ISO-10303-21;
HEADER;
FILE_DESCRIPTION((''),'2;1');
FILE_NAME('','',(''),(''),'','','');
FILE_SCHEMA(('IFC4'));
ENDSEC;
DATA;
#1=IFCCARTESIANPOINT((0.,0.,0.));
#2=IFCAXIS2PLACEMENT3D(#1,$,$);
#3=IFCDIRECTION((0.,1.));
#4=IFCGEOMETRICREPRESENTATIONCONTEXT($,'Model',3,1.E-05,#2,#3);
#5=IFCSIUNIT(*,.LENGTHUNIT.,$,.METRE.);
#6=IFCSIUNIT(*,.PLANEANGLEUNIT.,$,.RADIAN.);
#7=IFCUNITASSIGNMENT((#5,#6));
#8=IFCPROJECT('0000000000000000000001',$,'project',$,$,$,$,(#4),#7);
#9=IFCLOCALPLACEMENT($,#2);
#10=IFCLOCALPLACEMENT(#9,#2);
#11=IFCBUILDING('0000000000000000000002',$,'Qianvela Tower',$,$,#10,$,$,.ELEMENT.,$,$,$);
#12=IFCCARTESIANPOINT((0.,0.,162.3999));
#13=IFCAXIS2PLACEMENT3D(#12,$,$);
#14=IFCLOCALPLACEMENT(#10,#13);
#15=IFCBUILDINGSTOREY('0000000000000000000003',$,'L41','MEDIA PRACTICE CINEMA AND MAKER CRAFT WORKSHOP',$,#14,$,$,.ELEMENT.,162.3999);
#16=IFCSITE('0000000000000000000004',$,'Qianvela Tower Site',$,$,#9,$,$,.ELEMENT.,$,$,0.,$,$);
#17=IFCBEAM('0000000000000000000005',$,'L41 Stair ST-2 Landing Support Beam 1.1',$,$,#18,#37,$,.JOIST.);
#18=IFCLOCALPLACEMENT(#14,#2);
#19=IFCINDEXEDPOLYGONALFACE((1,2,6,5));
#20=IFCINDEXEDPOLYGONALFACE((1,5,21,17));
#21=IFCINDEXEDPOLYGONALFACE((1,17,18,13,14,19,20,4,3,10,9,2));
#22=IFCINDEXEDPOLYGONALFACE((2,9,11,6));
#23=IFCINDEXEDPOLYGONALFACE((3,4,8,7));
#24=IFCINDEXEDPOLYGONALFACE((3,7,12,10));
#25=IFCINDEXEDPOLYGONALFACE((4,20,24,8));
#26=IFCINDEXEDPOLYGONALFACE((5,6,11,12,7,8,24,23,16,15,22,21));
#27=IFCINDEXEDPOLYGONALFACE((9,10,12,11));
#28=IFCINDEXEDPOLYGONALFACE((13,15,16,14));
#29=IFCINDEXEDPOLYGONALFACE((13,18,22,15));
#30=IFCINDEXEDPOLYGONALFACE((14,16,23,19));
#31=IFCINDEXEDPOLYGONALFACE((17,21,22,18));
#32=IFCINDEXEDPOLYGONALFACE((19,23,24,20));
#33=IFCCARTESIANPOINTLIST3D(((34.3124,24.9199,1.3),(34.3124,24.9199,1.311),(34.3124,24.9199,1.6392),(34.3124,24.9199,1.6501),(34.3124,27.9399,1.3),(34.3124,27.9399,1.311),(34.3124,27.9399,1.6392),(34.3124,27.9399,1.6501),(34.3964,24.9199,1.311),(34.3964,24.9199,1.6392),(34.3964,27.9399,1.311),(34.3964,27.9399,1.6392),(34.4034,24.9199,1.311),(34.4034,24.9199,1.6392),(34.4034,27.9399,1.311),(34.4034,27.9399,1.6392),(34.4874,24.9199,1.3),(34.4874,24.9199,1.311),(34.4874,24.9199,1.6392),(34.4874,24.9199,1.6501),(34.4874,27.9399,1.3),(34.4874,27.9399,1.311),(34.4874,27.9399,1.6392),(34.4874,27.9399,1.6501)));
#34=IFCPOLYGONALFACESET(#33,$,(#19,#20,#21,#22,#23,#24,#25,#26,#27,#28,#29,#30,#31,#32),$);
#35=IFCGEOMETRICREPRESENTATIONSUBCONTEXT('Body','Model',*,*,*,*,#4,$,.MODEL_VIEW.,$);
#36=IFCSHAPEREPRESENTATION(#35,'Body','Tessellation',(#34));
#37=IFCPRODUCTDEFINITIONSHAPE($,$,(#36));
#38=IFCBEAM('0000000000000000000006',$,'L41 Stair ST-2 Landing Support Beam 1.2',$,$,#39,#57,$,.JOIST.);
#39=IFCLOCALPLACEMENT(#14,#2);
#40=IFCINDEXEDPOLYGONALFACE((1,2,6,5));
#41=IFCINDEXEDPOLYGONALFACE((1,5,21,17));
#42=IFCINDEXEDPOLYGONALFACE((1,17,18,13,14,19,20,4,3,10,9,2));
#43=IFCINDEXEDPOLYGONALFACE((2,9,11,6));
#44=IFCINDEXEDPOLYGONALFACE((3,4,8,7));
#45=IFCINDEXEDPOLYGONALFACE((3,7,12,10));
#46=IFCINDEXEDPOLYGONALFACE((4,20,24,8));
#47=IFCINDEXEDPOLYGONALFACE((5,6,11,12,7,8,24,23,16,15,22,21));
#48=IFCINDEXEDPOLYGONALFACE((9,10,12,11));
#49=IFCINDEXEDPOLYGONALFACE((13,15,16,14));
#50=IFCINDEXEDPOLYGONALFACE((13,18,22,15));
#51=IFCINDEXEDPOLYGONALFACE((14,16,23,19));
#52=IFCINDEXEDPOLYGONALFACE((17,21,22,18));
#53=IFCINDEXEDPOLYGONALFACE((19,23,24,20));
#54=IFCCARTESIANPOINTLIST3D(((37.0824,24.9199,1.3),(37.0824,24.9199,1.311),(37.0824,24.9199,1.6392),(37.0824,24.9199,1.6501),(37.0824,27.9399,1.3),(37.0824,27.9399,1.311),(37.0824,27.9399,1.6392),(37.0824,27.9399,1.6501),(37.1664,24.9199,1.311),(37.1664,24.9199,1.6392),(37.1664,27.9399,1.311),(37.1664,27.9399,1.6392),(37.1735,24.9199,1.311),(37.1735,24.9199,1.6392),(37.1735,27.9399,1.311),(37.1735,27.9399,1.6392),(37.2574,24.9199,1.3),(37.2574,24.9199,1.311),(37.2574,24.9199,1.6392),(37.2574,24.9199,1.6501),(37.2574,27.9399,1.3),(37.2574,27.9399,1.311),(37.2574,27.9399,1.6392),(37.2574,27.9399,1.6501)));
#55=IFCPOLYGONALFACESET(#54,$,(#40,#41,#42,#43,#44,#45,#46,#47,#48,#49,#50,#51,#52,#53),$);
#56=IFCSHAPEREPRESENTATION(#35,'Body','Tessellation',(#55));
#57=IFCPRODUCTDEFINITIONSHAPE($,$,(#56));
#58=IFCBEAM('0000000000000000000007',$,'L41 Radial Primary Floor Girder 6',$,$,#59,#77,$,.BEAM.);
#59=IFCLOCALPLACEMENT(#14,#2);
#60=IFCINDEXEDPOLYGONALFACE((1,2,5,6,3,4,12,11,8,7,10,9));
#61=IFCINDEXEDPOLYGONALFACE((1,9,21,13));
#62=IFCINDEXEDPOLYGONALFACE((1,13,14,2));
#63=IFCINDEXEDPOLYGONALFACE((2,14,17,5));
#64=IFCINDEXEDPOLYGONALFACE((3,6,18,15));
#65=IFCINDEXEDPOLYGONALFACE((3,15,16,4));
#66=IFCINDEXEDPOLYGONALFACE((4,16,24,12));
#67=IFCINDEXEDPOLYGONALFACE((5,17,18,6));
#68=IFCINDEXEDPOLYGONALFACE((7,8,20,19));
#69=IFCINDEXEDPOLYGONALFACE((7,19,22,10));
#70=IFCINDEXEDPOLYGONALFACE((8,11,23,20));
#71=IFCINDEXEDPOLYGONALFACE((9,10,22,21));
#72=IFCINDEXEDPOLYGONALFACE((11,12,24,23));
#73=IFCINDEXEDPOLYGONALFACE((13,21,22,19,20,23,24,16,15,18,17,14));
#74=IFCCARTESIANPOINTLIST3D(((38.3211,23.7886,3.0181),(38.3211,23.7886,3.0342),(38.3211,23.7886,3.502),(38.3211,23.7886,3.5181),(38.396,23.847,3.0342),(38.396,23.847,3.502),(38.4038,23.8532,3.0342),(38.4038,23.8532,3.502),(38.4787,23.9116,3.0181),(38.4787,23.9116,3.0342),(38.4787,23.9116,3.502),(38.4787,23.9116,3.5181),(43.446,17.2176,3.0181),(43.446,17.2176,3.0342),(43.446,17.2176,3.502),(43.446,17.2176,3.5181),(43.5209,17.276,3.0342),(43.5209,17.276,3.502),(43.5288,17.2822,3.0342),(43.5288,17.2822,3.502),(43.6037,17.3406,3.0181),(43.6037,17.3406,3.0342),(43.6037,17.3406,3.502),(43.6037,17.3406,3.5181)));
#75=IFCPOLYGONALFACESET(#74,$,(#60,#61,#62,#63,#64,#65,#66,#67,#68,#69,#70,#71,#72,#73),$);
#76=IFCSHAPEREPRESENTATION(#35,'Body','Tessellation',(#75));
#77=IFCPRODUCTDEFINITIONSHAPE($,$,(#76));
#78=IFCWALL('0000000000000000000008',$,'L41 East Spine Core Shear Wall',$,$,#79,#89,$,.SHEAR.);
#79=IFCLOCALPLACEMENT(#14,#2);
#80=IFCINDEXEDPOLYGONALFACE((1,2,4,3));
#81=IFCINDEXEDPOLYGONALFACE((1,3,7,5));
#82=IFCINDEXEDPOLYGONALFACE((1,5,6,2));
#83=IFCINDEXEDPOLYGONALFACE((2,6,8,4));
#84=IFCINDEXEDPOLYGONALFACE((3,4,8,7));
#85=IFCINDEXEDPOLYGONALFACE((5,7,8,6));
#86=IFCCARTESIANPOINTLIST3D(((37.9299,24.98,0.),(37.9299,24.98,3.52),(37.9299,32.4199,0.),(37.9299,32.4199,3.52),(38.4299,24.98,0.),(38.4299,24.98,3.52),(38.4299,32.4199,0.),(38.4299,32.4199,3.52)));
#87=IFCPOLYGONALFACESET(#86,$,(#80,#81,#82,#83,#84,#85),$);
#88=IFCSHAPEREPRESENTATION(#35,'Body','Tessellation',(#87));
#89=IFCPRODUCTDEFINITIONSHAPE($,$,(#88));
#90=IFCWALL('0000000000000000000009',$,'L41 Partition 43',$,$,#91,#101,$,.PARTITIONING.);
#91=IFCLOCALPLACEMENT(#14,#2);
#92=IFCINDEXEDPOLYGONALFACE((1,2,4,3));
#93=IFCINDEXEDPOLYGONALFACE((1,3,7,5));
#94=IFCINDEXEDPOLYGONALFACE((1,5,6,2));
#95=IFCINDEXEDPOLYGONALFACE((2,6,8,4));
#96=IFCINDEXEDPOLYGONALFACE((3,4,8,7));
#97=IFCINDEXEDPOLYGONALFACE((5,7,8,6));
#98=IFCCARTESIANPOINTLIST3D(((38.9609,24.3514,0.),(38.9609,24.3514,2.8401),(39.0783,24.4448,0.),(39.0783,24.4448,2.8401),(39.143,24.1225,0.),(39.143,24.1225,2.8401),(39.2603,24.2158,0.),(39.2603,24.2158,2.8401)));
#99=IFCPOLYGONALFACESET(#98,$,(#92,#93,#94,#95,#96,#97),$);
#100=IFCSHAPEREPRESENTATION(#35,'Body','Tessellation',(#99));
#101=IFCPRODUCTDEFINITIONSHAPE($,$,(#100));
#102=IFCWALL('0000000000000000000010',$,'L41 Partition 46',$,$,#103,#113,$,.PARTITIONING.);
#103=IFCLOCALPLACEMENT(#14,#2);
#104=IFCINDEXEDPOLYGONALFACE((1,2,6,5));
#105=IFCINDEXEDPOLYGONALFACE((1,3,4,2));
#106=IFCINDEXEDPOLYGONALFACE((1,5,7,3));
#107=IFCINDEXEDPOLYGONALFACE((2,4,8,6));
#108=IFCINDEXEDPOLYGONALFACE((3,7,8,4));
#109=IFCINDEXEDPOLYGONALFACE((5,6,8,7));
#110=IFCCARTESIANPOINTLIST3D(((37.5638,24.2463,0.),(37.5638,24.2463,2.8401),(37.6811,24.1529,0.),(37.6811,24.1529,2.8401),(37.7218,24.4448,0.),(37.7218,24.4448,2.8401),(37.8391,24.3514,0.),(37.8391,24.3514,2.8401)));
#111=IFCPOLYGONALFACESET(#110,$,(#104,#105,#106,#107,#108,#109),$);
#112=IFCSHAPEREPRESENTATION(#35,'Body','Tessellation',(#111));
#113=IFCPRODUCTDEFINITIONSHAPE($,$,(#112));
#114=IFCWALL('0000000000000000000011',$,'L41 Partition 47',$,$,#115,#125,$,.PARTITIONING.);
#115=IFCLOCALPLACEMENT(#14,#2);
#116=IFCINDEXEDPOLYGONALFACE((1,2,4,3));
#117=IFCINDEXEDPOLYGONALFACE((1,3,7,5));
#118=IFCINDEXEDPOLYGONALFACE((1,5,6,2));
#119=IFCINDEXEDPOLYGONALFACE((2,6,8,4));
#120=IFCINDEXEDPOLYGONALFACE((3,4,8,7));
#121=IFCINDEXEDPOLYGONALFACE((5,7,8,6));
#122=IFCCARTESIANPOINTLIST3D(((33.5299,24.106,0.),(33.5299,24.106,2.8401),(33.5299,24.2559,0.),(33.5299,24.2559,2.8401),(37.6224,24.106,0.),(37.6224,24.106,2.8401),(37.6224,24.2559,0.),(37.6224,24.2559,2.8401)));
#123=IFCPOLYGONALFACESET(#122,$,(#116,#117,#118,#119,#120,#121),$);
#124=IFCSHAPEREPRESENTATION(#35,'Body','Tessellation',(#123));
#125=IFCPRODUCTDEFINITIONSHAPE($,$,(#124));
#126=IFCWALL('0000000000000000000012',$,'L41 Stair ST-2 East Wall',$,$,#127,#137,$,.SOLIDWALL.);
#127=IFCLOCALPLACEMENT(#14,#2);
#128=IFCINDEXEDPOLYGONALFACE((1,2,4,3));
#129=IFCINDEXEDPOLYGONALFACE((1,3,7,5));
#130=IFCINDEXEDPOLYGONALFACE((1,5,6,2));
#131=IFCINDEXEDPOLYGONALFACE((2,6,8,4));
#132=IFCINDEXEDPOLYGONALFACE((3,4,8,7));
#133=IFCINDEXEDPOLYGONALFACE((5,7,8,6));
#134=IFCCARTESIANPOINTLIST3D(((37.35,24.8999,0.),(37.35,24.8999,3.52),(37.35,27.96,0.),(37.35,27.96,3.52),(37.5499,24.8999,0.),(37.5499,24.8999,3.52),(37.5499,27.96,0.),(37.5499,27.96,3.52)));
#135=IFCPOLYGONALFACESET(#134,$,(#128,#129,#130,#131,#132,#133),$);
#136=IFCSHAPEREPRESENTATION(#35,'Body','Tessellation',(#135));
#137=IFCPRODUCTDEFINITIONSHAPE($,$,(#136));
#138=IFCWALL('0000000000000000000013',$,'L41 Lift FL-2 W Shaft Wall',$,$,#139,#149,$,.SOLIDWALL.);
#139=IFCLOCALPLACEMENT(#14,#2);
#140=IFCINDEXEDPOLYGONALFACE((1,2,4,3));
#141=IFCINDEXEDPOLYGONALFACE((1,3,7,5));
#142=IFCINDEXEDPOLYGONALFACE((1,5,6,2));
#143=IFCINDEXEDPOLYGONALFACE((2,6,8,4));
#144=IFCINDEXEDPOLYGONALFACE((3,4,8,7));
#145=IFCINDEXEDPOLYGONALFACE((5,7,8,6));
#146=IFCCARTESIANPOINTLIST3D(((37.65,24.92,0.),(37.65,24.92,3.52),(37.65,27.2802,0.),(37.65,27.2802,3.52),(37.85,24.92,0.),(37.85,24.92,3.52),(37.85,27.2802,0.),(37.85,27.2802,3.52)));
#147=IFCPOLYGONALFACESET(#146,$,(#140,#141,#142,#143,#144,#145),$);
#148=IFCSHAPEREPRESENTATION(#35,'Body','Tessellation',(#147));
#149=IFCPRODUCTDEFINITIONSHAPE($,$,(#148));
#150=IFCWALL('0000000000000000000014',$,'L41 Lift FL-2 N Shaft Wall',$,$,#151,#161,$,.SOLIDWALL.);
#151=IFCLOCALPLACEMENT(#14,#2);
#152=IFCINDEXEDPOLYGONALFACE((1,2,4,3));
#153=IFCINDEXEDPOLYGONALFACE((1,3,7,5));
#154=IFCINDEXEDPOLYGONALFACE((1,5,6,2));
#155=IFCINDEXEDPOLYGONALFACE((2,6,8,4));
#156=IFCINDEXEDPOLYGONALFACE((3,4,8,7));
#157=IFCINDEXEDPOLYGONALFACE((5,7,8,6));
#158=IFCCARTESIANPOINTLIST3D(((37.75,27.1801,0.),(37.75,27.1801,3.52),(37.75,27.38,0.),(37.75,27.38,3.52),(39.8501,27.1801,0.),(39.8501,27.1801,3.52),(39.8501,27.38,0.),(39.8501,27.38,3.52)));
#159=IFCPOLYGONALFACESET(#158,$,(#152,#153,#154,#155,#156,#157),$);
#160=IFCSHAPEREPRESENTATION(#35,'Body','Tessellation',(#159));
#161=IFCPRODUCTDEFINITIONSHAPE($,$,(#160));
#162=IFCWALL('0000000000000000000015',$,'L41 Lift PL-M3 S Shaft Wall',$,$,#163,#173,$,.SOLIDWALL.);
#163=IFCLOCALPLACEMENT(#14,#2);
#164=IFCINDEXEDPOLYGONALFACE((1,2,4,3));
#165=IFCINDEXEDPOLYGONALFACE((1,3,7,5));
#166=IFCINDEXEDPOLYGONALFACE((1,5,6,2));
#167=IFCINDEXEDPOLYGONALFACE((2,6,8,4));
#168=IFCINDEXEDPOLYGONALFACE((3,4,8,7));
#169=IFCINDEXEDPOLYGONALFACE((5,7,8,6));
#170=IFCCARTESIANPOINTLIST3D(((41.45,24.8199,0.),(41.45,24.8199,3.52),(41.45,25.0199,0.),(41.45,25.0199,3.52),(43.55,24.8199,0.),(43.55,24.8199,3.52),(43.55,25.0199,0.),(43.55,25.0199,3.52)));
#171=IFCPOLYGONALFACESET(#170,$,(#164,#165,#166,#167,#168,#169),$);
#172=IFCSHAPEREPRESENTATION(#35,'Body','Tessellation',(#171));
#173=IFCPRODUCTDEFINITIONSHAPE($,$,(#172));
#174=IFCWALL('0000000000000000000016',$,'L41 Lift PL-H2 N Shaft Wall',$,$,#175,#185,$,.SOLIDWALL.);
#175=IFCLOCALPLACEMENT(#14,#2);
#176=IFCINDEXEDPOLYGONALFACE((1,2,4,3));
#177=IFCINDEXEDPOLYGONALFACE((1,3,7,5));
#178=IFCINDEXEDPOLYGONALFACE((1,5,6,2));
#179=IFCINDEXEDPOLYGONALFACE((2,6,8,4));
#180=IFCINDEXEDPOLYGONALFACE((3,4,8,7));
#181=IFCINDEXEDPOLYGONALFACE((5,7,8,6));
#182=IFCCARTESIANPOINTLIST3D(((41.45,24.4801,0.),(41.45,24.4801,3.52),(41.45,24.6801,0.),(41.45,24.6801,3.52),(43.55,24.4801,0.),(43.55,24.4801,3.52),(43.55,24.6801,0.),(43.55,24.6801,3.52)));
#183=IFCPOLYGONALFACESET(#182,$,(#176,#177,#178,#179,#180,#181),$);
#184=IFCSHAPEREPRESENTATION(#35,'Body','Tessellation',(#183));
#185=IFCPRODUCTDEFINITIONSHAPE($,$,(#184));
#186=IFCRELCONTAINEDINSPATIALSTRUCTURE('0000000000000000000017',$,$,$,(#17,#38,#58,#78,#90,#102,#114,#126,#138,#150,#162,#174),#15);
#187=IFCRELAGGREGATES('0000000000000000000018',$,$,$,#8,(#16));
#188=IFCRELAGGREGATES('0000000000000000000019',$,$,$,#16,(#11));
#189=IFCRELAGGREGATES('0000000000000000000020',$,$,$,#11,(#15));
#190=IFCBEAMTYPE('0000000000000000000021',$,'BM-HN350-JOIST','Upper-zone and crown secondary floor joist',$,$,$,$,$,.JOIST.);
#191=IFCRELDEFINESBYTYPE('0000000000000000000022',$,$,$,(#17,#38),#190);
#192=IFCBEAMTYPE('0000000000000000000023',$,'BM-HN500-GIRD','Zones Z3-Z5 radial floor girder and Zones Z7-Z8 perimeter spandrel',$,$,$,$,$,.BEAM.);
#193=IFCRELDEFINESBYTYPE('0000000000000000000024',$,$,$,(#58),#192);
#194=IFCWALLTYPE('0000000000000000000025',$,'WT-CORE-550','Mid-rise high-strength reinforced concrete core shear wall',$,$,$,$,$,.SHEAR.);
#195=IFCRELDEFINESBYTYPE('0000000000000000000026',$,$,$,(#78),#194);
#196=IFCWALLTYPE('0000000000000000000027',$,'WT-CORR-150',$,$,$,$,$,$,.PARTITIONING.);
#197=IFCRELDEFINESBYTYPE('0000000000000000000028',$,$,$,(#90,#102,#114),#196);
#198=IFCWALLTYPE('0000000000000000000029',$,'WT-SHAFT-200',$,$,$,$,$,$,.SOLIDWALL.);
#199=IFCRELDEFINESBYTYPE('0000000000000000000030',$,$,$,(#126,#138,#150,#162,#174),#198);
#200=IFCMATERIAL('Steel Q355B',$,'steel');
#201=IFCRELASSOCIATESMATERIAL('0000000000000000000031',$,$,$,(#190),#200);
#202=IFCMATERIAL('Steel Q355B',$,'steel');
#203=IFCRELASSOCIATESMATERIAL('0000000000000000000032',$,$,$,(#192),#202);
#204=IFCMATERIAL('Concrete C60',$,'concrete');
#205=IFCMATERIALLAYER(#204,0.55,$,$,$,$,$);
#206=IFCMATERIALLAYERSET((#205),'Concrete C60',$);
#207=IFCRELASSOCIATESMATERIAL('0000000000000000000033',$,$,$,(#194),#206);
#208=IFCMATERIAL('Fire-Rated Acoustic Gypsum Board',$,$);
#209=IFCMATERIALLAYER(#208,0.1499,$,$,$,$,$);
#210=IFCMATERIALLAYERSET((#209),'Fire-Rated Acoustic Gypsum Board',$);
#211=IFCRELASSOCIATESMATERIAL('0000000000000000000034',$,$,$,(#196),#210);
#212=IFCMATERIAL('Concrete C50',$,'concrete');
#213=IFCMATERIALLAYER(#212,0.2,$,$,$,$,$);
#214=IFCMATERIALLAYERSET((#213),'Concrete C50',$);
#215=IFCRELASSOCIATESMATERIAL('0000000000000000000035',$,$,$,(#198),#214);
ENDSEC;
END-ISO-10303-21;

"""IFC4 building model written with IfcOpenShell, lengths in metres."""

from ifc_helpers import new_model, si_unit, direction, frame, frame_2d, origin, origin_2d, place, context, subcontext, project, spatial, rectangle, i_section, extrude, material, layer, layer_set, material_profile, profile_set, type_object, element, save


model = new_model("IFC4")

# Units and contexts
model_context = context("Model", 3, precision=1e-05, world=origin(), true_north=direction((0.0, 1.0)))
body_context = subcontext(model_context, "Body", "Model", "MODEL_VIEW")
ifc_project = project(units=[si_unit("LENGTHUNIT", "METRE"), si_unit("PLANEANGLEUNIT", "RADIAN")], contexts=[model_context])

# Site, building, storey
site_placement = place(None, origin())
site = spatial("IfcSite", under=ifc_project, at=site_placement, Name="Qianvela Tower Site", CompositionType="ELEMENT", RefElevation=0.0)
building_placement = place(site_placement, origin())
building = spatial("IfcBuilding", under=site, at=building_placement, Name="Qianvela Tower", CompositionType="ELEMENT")
storey_placement = place(building_placement, frame((0.0, 0.0, 162.3999)))
storey = spatial("IfcBuildingStorey", under=building, at=storey_placement, Name="L41", Description="MEDIA PRACTICE CINEMA AND MAKER CRAFT WORKSHOP", CompositionType="ELEMENT", Elevation=162.3999)

# Beams
ifc_material_1 = material(Name="Steel Q355B", Category="steel")
ifc_material_profile_1 = material_profile(ifc_material_1, i_section(OverallWidth=0.175, OverallDepth=0.3501, WebThickness=0.0071, FlangeThickness=0.011, at=origin_2d()), Name="HN350x175x7x11")
ifc_profile_set_1 = profile_set([ifc_material_profile_1], Name="Steel Q355B")
beam_type_1 = type_object("IfcBeamType", Name="BM-HN350-JOIST", Description="Upper-zone and crown secondary floor joist", PredefinedType="JOIST", material=ifc_profile_set_1)
for number, where, z_axis, x_axis, name in (
    (1, (34.3999, 24.9199, 1.4751), (0.0, 1.0, 0.0), (-1.0, 0.0, 0.0), "L41 Stair ST-2 Landing Support Beam 1.1"),
    (2, (37.1699, 24.9199, 1.4751), (0.0, 1.0, 0.0), (-1.0, 0.0, 0.0), "L41 Stair ST-2 Landing Support Beam 1.2"),
):
    element("IfcBeam", number, at=place(storey_placement, frame(where, z_axis=z_axis, x_axis=x_axis)), inside=storey, type_object=beam_type_1, Name=name, PredefinedType="JOIST", context=body_context, shape_type="SweptSolid", body=[
        extrude(i_section(OverallWidth=0.175, OverallDepth=0.3501, WebThickness=0.0071, FlangeThickness=0.011, at=origin_2d()), origin(), (0.0, 0.0, 1.0), 3.02),
    ])
ifc_material_2 = material(Name="Steel Q355B", Category="steel")
ifc_material_profile_2 = material_profile(ifc_material_2, i_section(OverallWidth=0.2, OverallDepth=0.5, WebThickness=0.01, FlangeThickness=0.0161, at=origin_2d()), Name="HN500x200x10x16")
ifc_profile_set_2 = profile_set([ifc_material_profile_2], Name="Steel Q355B")
beam_type_2 = type_object("IfcBeamType", Name="BM-HN500-GIRD", Description="Zones Z3-Z5 radial floor girder and Zones Z7-Z8 perimeter spandrel", PredefinedType="BEAM", material=ifc_profile_set_2)
beam_placement = place(storey_placement, frame((38.3999, 23.8501, 3.2681), z_axis=(0.615001, -0.788526, 0.0), x_axis=(0.788526, 0.615001, 0.0)))
element("IfcBeam", 3, at=beam_placement, inside=storey, type_object=beam_type_2, Name="L41 Radial Primary Floor Girder 6", PredefinedType="BEAM", context=body_context, shape_type="SweptSolid", body=[
    extrude(i_section(OverallWidth=0.2, OverallDepth=0.5, WebThickness=0.01, FlangeThickness=0.0161, at=origin_2d()), origin(), (0.0, 0.0, 1.0), 8.3333),
])

# Walls
ifc_material_3 = material(Name="Concrete C60", Category="concrete")
ifc_layer_1 = layer(ifc_material_3, 0.55)
ifc_layer_set_1 = layer_set([ifc_layer_1], Name="Concrete C60")
wall_type_1 = type_object("IfcWallType", Name="WT-CORE-550", Description="Mid-rise high-strength reinforced concrete core shear wall", PredefinedType="SHEAR", material=ifc_layer_set_1)
wall_1_placement = place(storey_placement, frame((38.1799, 24.98, 0.0), z_axis=(0.0, 0.0, 1.0), x_axis=(0.0, 1.0, 0.0)))
element("IfcWall", 4, at=wall_1_placement, inside=storey, type_object=wall_type_1, Name="L41 East Spine Core Shear Wall", PredefinedType="SHEAR", context=body_context, shape_type="SweptSolid", body=[
    extrude(rectangle(XDim=7.4399, YDim=0.5, at=frame_2d((3.72, 0.0))), origin(), (0.0, 0.0, 1.0), 3.52),
])
ifc_material_4 = material(Name="Fire-Rated Acoustic Gypsum Board")
ifc_layer_2 = layer(ifc_material_4, 0.1499)
ifc_layer_set_2 = layer_set([ifc_layer_2], Name="Fire-Rated Acoustic Gypsum Board")
wall_type_2 = type_object("IfcWallType", Name="WT-CORR-150", PredefinedType="PARTITIONING", material=ifc_layer_set_2)
wall_2_placement = place(storey_placement, frame((39.2017, 24.1692, 0.0), z_axis=(0.0, 0.0, 1.0), x_axis=(-0.622454, 0.782656, 0.0)))
element("IfcWall", 5, at=wall_2_placement, inside=storey, type_object=wall_type_2, Name="L41 Partition 43", PredefinedType="PARTITIONING", context=body_context, shape_type="SweptSolid", body=[
    extrude(rectangle(XDim=0.2925, YDim=0.1499, at=frame_2d((0.1462, 0.0))), origin(), (0.0, 0.0, 1.0), 2.8401),
])
wall_3_placement = place(storey_placement, frame((37.7805, 24.3982, 0.0), z_axis=(0.0, 0.0, 1.0), x_axis=(-0.622698, -0.782462, 0.0)))
element("IfcWall", 6, at=wall_3_placement, inside=storey, type_object=wall_type_2, Name="L41 Partition 46", PredefinedType="PARTITIONING", context=body_context, shape_type="SweptSolid", body=[
    extrude(rectangle(XDim=0.2537, YDim=0.1499, at=frame_2d((0.127, 0.0))), origin(), (0.0, 0.0, 1.0), 2.8401),
])
wall_4_placement = place(storey_placement, frame((37.6226, 24.1809, 0.0), z_axis=(0.0, 0.0, 1.0), x_axis=(-1.0, 0.0, 0.0)))
element("IfcWall", 7, at=wall_4_placement, inside=storey, type_object=wall_type_2, Name="L41 Partition 47", PredefinedType="PARTITIONING", context=body_context, shape_type="SweptSolid", body=[
    extrude(rectangle(XDim=4.0925, YDim=0.1499, at=frame_2d((2.0464, 0.0))), origin(), (0.0, 0.0, 1.0), 2.8401),
])
ifc_material_5 = material(Name="Concrete C50", Category="concrete")
ifc_layer_3 = layer(ifc_material_5, 0.2)
ifc_layer_set_3 = layer_set([ifc_layer_3], Name="Concrete C50")
wall_type_3 = type_object("IfcWallType", Name="WT-SHAFT-200", PredefinedType="SOLIDWALL", material=ifc_layer_set_3)
wall_5_placement = place(storey_placement, frame((37.45, 24.8999, 0.0), z_axis=(0.0, 0.0, 1.0), x_axis=(0.0, 1.0, 0.0)))
element("IfcWall", 8, at=wall_5_placement, inside=storey, type_object=wall_type_3, Name="L41 Stair ST-2 East Wall", PredefinedType="SOLIDWALL", context=body_context, shape_type="SweptSolid", body=[
    extrude(rectangle(XDim=3.0601, YDim=0.2, at=frame_2d((1.53, 0.0))), origin(), (0.0, 0.0, 1.0), 3.52),
])

# Walls
wall_6_placement = place(storey_placement, frame((37.75, 24.9199, 0.0), z_axis=(0.0, 0.0, 1.0), x_axis=(0.0, 1.0, 0.0)))
element("IfcWall", 9, at=wall_6_placement, inside=storey, type_object=wall_type_3, Name="L41 Lift FL-2 W Shaft Wall", PredefinedType="SOLIDWALL", context=body_context, shape_type="SweptSolid", body=[
    extrude(rectangle(XDim=2.3601, YDim=0.2, at=frame_2d((1.1802, 0.0))), origin(), (0.0, 0.0, 1.0), 3.52),
])
wall_7_placement = place(storey_placement, frame((37.75, 27.28, 0.0), z_axis=(0.0, 0.0, 1.0), x_axis=(1.0, 0.0, 0.0)))
element("IfcWall", 10, at=wall_7_placement, inside=storey, type_object=wall_type_3, Name="L41 Lift FL-2 N Shaft Wall", PredefinedType="SOLIDWALL", context=body_context, shape_type="SweptSolid", body=[
    extrude(rectangle(XDim=2.1001, YDim=0.2, at=frame_2d((1.05, 0.0))), origin(), (0.0, 0.0, 1.0), 3.52),
])

# Walls
for number, where, z_axis, x_axis, name in (
    (11, (41.45, 24.9199, 0.0), (0.0, 0.0, 1.0), (1.0, 0.0, 0.0), "L41 Lift PL-M3 S Shaft Wall"),
    (12, (41.45, 24.5801, 0.0), (0.0, 0.0, 1.0), (1.0, 0.0, 0.0), "L41 Lift PL-H2 N Shaft Wall"),
):
    element("IfcWall", number, at=place(storey_placement, frame(where, z_axis=z_axis, x_axis=x_axis)), inside=storey, type_object=wall_type_3, Name=name, PredefinedType="SOLIDWALL", context=body_context, shape_type="SweptSolid", body=[
        extrude(rectangle(XDim=2.1001, YDim=0.2, at=frame_2d((1.05, 0.0))), origin(), (0.0, 0.0, 1.0), 3.52),
    ])

save(model, "model.ifc")
